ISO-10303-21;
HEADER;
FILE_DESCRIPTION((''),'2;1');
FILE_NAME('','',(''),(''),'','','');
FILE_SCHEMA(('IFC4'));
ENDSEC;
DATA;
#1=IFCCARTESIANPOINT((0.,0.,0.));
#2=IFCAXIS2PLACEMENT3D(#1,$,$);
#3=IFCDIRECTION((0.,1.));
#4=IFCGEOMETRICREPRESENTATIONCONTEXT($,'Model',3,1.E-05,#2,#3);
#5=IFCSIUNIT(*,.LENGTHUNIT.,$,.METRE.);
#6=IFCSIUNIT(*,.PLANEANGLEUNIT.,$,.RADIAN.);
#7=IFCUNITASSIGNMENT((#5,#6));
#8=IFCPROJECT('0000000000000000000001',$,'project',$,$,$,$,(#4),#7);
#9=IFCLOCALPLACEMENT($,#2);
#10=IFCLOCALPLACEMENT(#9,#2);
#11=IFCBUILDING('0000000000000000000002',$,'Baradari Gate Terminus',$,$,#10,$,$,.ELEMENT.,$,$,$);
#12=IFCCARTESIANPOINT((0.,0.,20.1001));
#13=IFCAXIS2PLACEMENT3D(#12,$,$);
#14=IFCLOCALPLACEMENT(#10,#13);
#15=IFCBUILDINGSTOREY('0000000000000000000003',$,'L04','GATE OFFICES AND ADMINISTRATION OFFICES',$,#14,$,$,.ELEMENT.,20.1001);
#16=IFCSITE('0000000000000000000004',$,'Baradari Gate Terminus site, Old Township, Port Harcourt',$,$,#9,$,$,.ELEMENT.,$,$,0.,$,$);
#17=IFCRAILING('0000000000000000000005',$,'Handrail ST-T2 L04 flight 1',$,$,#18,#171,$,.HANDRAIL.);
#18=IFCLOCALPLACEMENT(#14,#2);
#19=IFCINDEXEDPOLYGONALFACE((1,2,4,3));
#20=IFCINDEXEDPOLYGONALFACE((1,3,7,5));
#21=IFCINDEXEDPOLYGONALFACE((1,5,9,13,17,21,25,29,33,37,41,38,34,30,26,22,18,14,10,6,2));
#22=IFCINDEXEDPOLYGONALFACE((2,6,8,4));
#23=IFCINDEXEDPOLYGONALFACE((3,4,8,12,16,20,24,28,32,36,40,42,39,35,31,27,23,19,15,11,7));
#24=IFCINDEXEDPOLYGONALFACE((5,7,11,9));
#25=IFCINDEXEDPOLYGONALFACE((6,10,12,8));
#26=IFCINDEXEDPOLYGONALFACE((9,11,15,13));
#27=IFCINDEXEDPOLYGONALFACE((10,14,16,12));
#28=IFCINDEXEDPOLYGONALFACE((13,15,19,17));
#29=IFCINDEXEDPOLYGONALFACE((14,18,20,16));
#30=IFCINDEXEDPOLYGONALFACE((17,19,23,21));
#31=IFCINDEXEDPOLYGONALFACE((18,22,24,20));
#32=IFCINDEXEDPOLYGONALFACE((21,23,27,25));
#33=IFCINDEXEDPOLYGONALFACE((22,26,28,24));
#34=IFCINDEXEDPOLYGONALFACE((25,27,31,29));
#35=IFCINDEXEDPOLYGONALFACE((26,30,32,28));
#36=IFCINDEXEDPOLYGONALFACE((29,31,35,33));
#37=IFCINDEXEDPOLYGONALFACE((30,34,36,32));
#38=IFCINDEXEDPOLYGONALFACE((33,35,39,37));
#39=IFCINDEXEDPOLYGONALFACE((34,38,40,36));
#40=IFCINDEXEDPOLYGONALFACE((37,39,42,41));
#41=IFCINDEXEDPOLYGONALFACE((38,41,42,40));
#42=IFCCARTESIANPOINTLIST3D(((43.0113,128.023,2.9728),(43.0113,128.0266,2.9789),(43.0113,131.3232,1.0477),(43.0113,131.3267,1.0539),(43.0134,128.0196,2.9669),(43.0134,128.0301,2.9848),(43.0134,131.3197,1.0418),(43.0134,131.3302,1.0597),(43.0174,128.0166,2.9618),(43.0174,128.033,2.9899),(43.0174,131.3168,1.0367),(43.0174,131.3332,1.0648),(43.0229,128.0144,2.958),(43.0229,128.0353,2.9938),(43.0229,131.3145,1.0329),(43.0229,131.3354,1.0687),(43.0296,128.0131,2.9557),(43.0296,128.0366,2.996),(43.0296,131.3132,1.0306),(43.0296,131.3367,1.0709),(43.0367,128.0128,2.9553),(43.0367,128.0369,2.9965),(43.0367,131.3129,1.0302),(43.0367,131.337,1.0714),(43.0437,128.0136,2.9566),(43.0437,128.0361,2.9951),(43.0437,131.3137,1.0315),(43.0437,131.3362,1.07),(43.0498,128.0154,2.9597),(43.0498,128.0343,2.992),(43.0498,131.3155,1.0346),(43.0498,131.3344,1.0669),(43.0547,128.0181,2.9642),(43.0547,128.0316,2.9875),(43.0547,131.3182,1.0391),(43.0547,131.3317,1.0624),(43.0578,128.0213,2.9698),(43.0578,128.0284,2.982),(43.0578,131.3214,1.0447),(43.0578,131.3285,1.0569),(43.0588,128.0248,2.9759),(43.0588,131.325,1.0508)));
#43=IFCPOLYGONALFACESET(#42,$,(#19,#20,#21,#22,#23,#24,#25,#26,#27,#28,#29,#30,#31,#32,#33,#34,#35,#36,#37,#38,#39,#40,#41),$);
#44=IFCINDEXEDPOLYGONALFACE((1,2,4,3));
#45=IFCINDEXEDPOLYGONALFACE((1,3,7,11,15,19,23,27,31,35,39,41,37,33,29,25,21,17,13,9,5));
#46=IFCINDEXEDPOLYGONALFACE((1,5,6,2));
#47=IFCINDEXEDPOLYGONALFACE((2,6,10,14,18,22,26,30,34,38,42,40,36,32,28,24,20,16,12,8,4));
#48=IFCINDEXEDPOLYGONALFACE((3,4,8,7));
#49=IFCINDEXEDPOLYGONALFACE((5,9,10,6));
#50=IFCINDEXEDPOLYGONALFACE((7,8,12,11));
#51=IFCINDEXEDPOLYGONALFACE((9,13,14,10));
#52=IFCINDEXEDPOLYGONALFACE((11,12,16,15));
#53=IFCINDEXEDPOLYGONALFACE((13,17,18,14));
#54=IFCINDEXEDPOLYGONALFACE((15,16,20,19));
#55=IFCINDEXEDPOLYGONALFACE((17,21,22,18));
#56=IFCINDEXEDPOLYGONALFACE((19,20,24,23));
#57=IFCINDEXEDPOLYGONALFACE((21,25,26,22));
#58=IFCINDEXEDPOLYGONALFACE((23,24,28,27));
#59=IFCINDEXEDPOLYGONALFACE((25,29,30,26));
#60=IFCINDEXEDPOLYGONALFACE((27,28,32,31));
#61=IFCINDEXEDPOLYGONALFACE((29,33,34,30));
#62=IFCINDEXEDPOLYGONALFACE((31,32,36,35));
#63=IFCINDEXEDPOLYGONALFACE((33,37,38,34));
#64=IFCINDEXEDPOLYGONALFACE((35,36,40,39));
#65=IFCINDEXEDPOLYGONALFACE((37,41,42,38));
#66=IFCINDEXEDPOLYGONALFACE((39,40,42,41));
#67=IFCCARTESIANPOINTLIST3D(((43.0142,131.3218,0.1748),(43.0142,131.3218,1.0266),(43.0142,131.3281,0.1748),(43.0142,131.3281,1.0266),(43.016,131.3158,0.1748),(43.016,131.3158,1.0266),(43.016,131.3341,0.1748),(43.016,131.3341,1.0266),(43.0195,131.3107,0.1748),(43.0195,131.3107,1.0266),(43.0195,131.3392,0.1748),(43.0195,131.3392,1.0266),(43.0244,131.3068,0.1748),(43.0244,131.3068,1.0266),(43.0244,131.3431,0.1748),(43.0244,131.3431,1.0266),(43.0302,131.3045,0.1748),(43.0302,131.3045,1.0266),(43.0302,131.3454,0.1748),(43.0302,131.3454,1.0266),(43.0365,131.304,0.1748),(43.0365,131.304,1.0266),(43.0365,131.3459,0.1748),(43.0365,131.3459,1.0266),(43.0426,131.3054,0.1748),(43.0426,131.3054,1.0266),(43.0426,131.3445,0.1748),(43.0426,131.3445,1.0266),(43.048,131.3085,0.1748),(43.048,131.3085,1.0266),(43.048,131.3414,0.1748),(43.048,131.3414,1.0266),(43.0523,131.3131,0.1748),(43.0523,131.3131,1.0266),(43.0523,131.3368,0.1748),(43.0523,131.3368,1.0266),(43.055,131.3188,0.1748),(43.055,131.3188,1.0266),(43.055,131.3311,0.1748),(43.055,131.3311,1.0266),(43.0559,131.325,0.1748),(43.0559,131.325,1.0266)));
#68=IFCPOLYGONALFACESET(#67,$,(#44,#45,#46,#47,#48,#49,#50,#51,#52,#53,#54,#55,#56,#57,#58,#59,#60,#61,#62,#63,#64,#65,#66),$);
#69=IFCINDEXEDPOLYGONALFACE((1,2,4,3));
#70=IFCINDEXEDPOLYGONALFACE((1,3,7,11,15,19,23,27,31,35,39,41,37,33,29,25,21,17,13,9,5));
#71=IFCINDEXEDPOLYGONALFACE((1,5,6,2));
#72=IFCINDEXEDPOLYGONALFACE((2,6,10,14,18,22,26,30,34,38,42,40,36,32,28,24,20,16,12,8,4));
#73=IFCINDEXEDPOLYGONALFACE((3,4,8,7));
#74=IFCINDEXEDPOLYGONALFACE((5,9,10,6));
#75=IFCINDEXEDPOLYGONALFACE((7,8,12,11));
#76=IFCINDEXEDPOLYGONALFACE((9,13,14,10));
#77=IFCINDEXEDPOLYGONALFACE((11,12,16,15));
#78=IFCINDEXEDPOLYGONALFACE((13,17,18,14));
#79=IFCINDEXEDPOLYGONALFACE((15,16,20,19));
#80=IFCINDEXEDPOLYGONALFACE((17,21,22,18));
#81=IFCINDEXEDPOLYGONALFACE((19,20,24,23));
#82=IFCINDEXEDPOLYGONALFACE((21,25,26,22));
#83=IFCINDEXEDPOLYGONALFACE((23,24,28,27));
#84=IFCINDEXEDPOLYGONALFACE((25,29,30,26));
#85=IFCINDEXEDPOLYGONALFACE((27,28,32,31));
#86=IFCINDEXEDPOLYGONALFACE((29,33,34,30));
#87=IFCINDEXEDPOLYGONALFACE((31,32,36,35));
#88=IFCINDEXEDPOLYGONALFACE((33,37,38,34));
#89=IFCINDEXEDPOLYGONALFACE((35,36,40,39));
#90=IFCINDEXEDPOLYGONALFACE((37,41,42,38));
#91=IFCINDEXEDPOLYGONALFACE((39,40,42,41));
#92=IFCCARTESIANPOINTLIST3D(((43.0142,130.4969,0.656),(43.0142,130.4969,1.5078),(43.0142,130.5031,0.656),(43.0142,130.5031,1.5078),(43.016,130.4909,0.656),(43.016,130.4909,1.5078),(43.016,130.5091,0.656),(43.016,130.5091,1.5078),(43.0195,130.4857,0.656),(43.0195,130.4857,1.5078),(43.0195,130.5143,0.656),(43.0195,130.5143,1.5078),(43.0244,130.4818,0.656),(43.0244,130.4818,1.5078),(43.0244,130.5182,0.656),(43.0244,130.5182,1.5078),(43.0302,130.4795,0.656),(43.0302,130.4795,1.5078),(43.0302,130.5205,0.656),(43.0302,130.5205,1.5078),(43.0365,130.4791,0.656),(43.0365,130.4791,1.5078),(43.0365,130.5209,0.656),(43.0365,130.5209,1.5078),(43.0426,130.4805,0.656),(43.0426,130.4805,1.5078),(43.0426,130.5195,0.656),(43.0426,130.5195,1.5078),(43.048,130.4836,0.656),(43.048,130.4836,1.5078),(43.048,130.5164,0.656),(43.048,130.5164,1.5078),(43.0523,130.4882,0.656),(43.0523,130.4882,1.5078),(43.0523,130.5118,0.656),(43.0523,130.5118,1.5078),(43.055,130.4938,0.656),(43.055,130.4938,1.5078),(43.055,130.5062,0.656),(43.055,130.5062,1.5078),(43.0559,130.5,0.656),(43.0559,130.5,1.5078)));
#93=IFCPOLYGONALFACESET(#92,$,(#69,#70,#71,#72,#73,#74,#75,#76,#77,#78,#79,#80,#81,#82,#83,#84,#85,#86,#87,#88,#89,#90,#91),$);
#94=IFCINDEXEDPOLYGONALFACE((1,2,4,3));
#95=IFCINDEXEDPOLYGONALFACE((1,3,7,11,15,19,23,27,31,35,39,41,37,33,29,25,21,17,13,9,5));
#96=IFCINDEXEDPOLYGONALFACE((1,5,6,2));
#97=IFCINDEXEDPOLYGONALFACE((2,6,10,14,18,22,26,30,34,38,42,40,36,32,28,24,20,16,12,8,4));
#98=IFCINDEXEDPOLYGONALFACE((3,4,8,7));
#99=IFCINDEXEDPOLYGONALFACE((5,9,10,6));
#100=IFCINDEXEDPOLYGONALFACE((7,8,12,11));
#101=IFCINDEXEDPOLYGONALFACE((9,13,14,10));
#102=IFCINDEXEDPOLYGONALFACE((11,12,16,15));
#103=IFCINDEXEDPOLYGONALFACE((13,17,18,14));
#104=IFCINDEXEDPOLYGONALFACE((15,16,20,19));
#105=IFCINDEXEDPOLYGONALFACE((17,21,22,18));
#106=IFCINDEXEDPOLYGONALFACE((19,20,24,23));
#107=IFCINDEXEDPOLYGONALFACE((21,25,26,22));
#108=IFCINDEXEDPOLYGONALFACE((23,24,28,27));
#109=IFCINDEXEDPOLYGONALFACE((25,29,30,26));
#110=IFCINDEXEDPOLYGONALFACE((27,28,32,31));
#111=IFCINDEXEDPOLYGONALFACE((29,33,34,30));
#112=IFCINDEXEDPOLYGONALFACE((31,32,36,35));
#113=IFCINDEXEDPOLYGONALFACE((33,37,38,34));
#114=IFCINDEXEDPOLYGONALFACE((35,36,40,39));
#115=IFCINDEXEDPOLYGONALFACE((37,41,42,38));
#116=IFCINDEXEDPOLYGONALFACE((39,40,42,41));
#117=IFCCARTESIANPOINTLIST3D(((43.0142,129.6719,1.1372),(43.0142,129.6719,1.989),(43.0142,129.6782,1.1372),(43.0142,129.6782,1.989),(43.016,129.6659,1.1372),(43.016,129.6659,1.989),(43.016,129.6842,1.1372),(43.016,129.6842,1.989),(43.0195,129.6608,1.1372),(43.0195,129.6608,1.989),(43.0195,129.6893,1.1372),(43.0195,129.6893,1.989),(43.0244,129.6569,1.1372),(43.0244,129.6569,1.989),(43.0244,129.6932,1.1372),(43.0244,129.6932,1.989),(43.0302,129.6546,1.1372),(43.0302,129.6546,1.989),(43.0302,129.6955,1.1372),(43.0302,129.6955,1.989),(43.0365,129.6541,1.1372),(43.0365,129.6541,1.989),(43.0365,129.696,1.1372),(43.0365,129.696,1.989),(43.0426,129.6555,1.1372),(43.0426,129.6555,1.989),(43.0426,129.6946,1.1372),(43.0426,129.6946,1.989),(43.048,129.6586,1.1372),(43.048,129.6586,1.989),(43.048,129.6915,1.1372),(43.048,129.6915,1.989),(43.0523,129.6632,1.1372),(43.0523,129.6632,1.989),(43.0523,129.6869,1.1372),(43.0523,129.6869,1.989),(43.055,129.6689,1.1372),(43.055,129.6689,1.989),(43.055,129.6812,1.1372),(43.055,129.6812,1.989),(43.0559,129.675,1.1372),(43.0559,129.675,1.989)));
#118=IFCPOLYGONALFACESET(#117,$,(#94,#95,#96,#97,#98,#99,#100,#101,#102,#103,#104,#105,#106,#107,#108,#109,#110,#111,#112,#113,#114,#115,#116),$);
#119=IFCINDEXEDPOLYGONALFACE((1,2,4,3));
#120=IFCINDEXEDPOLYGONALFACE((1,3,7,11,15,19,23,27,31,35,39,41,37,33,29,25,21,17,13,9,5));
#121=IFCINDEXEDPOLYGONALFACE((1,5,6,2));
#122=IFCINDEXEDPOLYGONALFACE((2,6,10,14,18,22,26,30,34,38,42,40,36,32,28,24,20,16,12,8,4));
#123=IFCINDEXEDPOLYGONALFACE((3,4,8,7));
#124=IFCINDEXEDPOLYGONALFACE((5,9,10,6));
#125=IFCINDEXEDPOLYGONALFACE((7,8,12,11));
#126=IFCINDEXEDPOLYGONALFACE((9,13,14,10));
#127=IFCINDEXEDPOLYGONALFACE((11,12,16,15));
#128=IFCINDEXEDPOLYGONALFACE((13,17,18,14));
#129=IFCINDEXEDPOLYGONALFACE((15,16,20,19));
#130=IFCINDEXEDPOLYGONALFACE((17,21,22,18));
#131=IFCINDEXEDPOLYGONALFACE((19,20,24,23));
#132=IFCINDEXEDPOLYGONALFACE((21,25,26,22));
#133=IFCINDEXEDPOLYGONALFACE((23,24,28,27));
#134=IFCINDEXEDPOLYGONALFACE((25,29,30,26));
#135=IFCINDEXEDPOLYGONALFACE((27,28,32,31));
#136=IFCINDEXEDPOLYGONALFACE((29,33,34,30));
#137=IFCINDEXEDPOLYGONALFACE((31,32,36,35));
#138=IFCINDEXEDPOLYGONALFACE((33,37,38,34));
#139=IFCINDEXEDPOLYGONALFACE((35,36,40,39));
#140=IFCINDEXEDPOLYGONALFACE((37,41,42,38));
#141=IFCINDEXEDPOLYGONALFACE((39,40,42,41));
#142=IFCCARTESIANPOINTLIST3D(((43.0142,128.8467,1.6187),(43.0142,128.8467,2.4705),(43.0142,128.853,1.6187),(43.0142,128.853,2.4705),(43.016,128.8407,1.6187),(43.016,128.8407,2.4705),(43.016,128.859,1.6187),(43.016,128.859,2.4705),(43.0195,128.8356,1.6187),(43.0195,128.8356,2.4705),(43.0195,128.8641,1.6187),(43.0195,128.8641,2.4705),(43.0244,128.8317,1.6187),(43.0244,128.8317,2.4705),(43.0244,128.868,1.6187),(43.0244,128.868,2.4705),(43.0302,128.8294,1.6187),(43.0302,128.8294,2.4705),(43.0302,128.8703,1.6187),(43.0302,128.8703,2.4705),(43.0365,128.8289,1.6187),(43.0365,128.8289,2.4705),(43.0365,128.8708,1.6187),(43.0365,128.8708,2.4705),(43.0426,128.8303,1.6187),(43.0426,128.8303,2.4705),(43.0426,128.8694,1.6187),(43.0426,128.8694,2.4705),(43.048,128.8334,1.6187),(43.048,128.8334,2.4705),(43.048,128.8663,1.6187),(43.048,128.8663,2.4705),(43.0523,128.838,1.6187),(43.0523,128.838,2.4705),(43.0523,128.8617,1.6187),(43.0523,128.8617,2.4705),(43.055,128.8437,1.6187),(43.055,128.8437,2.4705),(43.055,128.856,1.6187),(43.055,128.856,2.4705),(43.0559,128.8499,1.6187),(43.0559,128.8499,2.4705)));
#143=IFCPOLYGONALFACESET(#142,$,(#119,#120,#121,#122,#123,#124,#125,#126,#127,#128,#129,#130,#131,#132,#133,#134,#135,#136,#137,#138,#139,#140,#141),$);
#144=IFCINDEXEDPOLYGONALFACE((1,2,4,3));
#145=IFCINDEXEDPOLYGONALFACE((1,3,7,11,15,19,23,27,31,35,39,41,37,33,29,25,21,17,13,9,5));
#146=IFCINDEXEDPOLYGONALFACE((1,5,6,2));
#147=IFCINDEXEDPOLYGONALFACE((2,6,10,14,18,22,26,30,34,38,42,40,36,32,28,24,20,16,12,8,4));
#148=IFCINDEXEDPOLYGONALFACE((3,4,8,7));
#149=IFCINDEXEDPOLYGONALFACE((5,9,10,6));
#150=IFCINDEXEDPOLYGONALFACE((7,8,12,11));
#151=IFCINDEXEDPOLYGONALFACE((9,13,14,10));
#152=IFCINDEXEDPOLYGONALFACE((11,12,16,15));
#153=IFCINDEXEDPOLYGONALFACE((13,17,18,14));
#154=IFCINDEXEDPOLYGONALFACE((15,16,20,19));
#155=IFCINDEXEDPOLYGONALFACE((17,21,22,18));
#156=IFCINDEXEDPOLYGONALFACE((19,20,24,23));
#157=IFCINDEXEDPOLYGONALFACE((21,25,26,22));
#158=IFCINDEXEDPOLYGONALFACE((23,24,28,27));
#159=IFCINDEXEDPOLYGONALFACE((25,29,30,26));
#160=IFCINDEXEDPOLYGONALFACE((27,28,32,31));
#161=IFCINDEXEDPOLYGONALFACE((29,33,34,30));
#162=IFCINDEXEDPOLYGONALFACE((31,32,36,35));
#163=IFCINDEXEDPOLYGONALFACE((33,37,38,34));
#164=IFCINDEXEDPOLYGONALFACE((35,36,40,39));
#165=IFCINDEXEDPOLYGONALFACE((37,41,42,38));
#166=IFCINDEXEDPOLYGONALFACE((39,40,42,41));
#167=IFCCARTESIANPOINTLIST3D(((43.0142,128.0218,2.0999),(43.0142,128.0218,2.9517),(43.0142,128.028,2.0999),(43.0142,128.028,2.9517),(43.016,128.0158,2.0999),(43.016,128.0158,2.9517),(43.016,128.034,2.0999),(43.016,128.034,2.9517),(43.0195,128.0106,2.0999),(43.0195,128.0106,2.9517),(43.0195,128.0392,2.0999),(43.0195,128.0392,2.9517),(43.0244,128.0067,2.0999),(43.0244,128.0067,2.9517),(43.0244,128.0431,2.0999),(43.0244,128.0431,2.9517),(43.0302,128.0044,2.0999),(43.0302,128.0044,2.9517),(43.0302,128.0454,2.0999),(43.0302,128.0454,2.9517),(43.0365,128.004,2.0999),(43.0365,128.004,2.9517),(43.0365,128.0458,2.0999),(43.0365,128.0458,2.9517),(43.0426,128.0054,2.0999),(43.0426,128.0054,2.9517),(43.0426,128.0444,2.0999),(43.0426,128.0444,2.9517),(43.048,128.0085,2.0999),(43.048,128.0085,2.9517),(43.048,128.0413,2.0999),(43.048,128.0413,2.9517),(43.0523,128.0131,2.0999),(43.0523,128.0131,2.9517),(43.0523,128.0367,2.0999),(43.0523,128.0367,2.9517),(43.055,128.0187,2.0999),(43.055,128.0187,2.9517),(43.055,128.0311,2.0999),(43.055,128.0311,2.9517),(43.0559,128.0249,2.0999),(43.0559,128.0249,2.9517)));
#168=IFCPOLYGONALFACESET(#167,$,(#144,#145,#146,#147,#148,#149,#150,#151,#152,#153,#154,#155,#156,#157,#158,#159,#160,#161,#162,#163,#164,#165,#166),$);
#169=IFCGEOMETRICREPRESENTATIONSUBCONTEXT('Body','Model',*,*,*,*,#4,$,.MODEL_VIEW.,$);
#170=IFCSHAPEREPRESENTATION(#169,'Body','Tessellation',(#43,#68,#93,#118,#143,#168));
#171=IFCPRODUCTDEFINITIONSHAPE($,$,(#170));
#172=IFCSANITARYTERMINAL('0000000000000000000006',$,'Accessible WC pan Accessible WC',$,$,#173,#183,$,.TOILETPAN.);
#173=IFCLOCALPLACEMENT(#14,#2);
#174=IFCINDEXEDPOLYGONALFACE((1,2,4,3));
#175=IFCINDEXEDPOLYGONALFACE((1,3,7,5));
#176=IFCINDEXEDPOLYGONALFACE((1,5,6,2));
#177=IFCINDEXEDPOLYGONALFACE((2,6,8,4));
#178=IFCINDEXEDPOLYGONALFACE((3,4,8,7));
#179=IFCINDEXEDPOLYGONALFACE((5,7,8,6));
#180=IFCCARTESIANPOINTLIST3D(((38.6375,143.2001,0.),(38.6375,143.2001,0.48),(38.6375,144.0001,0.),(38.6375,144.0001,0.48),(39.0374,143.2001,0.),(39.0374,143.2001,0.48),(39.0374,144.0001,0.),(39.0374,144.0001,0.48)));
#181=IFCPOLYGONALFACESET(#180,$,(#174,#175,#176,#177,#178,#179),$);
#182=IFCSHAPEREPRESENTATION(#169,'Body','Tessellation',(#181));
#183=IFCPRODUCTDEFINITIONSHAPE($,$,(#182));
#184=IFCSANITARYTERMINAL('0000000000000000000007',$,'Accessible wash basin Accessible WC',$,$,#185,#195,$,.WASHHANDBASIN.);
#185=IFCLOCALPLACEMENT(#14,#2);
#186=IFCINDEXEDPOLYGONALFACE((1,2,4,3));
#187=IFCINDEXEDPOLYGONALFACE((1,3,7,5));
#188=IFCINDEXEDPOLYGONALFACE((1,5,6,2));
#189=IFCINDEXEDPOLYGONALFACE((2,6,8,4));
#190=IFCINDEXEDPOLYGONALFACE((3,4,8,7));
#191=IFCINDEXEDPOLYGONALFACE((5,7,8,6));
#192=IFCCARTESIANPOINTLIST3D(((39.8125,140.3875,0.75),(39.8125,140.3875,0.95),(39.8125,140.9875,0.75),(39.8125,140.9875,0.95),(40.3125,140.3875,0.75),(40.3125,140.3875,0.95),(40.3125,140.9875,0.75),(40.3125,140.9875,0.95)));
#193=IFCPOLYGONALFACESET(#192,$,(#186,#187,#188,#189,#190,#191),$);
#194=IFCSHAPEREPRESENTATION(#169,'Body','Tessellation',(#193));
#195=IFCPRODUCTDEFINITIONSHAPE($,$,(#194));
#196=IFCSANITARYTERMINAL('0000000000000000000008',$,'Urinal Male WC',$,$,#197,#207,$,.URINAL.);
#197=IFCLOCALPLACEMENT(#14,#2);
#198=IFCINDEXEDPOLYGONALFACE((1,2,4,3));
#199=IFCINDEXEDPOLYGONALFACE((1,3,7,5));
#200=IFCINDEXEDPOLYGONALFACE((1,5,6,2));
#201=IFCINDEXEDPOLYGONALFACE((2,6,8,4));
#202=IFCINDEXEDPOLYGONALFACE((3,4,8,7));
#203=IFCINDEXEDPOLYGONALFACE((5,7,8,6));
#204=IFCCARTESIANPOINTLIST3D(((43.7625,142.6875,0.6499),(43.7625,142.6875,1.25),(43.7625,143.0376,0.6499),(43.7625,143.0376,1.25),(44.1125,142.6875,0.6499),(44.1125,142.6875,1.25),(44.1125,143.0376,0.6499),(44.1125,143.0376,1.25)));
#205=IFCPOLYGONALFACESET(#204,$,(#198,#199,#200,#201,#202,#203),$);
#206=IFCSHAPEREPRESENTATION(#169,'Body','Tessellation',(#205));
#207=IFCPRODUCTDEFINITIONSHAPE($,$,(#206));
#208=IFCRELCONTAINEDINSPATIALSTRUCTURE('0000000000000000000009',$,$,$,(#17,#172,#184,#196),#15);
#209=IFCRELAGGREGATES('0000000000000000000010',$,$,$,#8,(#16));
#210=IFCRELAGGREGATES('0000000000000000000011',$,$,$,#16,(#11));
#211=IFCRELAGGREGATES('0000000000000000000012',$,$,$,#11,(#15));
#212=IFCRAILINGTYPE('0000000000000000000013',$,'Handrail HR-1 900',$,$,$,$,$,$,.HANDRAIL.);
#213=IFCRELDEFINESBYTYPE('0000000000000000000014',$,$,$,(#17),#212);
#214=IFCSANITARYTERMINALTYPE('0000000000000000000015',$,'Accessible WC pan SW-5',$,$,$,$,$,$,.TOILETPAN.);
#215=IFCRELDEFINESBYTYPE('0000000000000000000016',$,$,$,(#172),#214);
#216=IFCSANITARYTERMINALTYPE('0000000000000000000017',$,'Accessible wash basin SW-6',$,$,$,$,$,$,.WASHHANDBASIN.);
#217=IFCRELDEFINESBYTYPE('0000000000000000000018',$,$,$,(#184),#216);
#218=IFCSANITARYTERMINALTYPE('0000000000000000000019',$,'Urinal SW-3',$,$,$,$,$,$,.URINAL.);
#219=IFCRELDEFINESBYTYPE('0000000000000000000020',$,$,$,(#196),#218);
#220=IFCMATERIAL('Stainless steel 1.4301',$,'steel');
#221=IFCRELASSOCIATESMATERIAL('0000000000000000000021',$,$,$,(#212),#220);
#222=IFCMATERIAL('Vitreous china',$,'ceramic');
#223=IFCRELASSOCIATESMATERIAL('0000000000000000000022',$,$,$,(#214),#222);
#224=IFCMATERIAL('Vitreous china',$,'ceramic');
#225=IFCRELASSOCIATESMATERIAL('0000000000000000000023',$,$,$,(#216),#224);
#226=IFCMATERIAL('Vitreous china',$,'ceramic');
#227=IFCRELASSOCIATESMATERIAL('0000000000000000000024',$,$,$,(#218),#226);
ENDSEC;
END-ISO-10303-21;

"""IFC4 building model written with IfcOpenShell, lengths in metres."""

from ifc_helpers import new_model, si_unit, direction, frame, origin, origin_2d, place, context, subcontext, project, spatial, rectangle, circle, extrude, material, type_object, element, save


model = new_model("IFC4")

# Units and contexts
model_context = context("Model", 3, precision=1e-05, world=origin(), true_north=direction((0.0, 1.0)))
body_context = subcontext(model_context, "Body", "Model", "MODEL_VIEW")
ifc_project = project(units=[si_unit("LENGTHUNIT", "METRE"), si_unit("PLANEANGLEUNIT", "RADIAN")], contexts=[model_context])

# Site, building, storey
site_placement = place(None, origin())
site = spatial("IfcSite", under=ifc_project, at=site_placement, Name="Baradari Gate Terminus site, Old Township, Port Harcourt", CompositionType="ELEMENT", RefElevation=0.0)
building_placement = place(site_placement, origin())
building = spatial("IfcBuilding", under=site, at=building_placement, Name="Baradari Gate Terminus", CompositionType="ELEMENT")
storey_placement = place(building_placement, frame((0.0, 0.0, 20.1001)))
storey = spatial("IfcBuildingStorey", under=building, at=storey_placement, Name="L04", Description="GATE OFFICES AND ADMINISTRATION OFFICES", CompositionType="ELEMENT", Elevation=20.1001)

# Railing
ifc_material_1 = material(Name="Stainless steel 1.4301", Category="steel")
railing_type_1 = type_object("IfcRailingType", Name="Handrail HR-1 900", PredefinedType="HANDRAIL", material=ifc_material_1)
railing_placement = place(storey_placement, frame((43.0349, 131.325, 0.1748)))
element("IfcRailing", 1, at=railing_placement, inside=storey, type_object=railing_type_1, Name="Handrail ST-T2 L04 flight 1", PredefinedType="HANDRAIL", context=body_context, shape_type="SweptSolid", body=[
    extrude(circle(Radius=0.0239, at=origin_2d()), frame((0.0, 0.0, 0.876), z_axis=(0.0, -0.863777, 0.503875), x_axis=(1.0, 0.0, 0.0)), (0.0, 0.0, 1.0), 3.8206),
    extrude(circle(Radius=0.021, at=origin_2d()), origin(), (0.0, 0.0, 1.0), 0.8518),
    extrude(circle(Radius=0.021, at=origin_2d()), frame((0.0, -0.825, 0.4812)), (0.0, 0.0, 1.0), 0.8518),
    extrude(circle(Radius=0.021, at=origin_2d()), frame((0.0, -1.6499, 0.9624)), (0.0, 0.0, 1.0), 0.8518),
    extrude(circle(Radius=0.021, at=origin_2d()), frame((0.0, -2.4751, 1.4438)), (0.0, 0.0, 1.0), 0.8518),
    extrude(circle(Radius=0.021, at=origin_2d()), frame((0.0, -3.3, 1.925)), (0.0, 0.0, 1.0), 0.8518),
])

# Sanitary terminals
ifc_material_2 = material(Name="Vitreous china", Category="ceramic")
sanitary_terminal_type_1 = type_object("IfcSanitaryTerminalType", Name="Accessible WC pan SW-5", PredefinedType="TOILETPAN", material=ifc_material_2)
sanitary_terminal_1_placement = place(storey_placement, frame((38.8374, 143.6001, 0.0), z_axis=(0.0, 0.0, 1.0), x_axis=(1.0, 0.0, 0.0)))
element("IfcSanitaryTerminal", 2, at=sanitary_terminal_1_placement, inside=storey, type_object=sanitary_terminal_type_1, Name="Accessible WC pan Accessible WC", PredefinedType="TOILETPAN", context=body_context, shape_type="SweptSolid", body=[
    extrude(rectangle(XDim=0.3999, YDim=0.8, at=origin_2d()), origin(), (0.0, 0.0, 1.0), 0.48),
])
ifc_material_3 = material(Name="Vitreous china", Category="ceramic")
sanitary_terminal_type_2 = type_object("IfcSanitaryTerminalType", Name="Accessible wash basin SW-6", PredefinedType="WASHHANDBASIN", material=ifc_material_3)
sanitary_terminal_2_placement = place(storey_placement, frame((40.0625, 140.6875, 0.75), z_axis=(0.0, 0.0, 1.0), x_axis=(1.0, 0.0, 0.0)))
element("IfcSanitaryTerminal", 3, at=sanitary_terminal_2_placement, inside=storey, type_object=sanitary_terminal_type_2, Name="Accessible wash basin Accessible WC", PredefinedType="WASHHANDBASIN", context=body_context, shape_type="SweptSolid", body=[
    extrude(rectangle(XDim=0.5, YDim=0.6001, at=origin_2d()), origin(), (0.0, 0.0, 1.0), 0.2),
])
ifc_material_4 = material(Name="Vitreous china", Category="ceramic")
sanitary_terminal_type_3 = type_object("IfcSanitaryTerminalType", Name="Urinal SW-3", PredefinedType="URINAL", material=ifc_material_4)
sanitary_terminal_3_placement = place(storey_placement, frame((43.9375, 142.8625, 0.6499), z_axis=(0.0, 0.0, 1.0), x_axis=(1.0, 0.0, 0.0)))
element("IfcSanitaryTerminal", 4, at=sanitary_terminal_3_placement, inside=storey, type_object=sanitary_terminal_type_3, Name="Urinal Male WC", PredefinedType="URINAL", context=body_context, shape_type="SweptSolid", body=[
    extrude(rectangle(XDim=0.3501, YDim=0.3501, at=origin_2d()), origin(), (0.0, 0.0, 1.0), 0.6001),
])

save(model, "model.ifc")
